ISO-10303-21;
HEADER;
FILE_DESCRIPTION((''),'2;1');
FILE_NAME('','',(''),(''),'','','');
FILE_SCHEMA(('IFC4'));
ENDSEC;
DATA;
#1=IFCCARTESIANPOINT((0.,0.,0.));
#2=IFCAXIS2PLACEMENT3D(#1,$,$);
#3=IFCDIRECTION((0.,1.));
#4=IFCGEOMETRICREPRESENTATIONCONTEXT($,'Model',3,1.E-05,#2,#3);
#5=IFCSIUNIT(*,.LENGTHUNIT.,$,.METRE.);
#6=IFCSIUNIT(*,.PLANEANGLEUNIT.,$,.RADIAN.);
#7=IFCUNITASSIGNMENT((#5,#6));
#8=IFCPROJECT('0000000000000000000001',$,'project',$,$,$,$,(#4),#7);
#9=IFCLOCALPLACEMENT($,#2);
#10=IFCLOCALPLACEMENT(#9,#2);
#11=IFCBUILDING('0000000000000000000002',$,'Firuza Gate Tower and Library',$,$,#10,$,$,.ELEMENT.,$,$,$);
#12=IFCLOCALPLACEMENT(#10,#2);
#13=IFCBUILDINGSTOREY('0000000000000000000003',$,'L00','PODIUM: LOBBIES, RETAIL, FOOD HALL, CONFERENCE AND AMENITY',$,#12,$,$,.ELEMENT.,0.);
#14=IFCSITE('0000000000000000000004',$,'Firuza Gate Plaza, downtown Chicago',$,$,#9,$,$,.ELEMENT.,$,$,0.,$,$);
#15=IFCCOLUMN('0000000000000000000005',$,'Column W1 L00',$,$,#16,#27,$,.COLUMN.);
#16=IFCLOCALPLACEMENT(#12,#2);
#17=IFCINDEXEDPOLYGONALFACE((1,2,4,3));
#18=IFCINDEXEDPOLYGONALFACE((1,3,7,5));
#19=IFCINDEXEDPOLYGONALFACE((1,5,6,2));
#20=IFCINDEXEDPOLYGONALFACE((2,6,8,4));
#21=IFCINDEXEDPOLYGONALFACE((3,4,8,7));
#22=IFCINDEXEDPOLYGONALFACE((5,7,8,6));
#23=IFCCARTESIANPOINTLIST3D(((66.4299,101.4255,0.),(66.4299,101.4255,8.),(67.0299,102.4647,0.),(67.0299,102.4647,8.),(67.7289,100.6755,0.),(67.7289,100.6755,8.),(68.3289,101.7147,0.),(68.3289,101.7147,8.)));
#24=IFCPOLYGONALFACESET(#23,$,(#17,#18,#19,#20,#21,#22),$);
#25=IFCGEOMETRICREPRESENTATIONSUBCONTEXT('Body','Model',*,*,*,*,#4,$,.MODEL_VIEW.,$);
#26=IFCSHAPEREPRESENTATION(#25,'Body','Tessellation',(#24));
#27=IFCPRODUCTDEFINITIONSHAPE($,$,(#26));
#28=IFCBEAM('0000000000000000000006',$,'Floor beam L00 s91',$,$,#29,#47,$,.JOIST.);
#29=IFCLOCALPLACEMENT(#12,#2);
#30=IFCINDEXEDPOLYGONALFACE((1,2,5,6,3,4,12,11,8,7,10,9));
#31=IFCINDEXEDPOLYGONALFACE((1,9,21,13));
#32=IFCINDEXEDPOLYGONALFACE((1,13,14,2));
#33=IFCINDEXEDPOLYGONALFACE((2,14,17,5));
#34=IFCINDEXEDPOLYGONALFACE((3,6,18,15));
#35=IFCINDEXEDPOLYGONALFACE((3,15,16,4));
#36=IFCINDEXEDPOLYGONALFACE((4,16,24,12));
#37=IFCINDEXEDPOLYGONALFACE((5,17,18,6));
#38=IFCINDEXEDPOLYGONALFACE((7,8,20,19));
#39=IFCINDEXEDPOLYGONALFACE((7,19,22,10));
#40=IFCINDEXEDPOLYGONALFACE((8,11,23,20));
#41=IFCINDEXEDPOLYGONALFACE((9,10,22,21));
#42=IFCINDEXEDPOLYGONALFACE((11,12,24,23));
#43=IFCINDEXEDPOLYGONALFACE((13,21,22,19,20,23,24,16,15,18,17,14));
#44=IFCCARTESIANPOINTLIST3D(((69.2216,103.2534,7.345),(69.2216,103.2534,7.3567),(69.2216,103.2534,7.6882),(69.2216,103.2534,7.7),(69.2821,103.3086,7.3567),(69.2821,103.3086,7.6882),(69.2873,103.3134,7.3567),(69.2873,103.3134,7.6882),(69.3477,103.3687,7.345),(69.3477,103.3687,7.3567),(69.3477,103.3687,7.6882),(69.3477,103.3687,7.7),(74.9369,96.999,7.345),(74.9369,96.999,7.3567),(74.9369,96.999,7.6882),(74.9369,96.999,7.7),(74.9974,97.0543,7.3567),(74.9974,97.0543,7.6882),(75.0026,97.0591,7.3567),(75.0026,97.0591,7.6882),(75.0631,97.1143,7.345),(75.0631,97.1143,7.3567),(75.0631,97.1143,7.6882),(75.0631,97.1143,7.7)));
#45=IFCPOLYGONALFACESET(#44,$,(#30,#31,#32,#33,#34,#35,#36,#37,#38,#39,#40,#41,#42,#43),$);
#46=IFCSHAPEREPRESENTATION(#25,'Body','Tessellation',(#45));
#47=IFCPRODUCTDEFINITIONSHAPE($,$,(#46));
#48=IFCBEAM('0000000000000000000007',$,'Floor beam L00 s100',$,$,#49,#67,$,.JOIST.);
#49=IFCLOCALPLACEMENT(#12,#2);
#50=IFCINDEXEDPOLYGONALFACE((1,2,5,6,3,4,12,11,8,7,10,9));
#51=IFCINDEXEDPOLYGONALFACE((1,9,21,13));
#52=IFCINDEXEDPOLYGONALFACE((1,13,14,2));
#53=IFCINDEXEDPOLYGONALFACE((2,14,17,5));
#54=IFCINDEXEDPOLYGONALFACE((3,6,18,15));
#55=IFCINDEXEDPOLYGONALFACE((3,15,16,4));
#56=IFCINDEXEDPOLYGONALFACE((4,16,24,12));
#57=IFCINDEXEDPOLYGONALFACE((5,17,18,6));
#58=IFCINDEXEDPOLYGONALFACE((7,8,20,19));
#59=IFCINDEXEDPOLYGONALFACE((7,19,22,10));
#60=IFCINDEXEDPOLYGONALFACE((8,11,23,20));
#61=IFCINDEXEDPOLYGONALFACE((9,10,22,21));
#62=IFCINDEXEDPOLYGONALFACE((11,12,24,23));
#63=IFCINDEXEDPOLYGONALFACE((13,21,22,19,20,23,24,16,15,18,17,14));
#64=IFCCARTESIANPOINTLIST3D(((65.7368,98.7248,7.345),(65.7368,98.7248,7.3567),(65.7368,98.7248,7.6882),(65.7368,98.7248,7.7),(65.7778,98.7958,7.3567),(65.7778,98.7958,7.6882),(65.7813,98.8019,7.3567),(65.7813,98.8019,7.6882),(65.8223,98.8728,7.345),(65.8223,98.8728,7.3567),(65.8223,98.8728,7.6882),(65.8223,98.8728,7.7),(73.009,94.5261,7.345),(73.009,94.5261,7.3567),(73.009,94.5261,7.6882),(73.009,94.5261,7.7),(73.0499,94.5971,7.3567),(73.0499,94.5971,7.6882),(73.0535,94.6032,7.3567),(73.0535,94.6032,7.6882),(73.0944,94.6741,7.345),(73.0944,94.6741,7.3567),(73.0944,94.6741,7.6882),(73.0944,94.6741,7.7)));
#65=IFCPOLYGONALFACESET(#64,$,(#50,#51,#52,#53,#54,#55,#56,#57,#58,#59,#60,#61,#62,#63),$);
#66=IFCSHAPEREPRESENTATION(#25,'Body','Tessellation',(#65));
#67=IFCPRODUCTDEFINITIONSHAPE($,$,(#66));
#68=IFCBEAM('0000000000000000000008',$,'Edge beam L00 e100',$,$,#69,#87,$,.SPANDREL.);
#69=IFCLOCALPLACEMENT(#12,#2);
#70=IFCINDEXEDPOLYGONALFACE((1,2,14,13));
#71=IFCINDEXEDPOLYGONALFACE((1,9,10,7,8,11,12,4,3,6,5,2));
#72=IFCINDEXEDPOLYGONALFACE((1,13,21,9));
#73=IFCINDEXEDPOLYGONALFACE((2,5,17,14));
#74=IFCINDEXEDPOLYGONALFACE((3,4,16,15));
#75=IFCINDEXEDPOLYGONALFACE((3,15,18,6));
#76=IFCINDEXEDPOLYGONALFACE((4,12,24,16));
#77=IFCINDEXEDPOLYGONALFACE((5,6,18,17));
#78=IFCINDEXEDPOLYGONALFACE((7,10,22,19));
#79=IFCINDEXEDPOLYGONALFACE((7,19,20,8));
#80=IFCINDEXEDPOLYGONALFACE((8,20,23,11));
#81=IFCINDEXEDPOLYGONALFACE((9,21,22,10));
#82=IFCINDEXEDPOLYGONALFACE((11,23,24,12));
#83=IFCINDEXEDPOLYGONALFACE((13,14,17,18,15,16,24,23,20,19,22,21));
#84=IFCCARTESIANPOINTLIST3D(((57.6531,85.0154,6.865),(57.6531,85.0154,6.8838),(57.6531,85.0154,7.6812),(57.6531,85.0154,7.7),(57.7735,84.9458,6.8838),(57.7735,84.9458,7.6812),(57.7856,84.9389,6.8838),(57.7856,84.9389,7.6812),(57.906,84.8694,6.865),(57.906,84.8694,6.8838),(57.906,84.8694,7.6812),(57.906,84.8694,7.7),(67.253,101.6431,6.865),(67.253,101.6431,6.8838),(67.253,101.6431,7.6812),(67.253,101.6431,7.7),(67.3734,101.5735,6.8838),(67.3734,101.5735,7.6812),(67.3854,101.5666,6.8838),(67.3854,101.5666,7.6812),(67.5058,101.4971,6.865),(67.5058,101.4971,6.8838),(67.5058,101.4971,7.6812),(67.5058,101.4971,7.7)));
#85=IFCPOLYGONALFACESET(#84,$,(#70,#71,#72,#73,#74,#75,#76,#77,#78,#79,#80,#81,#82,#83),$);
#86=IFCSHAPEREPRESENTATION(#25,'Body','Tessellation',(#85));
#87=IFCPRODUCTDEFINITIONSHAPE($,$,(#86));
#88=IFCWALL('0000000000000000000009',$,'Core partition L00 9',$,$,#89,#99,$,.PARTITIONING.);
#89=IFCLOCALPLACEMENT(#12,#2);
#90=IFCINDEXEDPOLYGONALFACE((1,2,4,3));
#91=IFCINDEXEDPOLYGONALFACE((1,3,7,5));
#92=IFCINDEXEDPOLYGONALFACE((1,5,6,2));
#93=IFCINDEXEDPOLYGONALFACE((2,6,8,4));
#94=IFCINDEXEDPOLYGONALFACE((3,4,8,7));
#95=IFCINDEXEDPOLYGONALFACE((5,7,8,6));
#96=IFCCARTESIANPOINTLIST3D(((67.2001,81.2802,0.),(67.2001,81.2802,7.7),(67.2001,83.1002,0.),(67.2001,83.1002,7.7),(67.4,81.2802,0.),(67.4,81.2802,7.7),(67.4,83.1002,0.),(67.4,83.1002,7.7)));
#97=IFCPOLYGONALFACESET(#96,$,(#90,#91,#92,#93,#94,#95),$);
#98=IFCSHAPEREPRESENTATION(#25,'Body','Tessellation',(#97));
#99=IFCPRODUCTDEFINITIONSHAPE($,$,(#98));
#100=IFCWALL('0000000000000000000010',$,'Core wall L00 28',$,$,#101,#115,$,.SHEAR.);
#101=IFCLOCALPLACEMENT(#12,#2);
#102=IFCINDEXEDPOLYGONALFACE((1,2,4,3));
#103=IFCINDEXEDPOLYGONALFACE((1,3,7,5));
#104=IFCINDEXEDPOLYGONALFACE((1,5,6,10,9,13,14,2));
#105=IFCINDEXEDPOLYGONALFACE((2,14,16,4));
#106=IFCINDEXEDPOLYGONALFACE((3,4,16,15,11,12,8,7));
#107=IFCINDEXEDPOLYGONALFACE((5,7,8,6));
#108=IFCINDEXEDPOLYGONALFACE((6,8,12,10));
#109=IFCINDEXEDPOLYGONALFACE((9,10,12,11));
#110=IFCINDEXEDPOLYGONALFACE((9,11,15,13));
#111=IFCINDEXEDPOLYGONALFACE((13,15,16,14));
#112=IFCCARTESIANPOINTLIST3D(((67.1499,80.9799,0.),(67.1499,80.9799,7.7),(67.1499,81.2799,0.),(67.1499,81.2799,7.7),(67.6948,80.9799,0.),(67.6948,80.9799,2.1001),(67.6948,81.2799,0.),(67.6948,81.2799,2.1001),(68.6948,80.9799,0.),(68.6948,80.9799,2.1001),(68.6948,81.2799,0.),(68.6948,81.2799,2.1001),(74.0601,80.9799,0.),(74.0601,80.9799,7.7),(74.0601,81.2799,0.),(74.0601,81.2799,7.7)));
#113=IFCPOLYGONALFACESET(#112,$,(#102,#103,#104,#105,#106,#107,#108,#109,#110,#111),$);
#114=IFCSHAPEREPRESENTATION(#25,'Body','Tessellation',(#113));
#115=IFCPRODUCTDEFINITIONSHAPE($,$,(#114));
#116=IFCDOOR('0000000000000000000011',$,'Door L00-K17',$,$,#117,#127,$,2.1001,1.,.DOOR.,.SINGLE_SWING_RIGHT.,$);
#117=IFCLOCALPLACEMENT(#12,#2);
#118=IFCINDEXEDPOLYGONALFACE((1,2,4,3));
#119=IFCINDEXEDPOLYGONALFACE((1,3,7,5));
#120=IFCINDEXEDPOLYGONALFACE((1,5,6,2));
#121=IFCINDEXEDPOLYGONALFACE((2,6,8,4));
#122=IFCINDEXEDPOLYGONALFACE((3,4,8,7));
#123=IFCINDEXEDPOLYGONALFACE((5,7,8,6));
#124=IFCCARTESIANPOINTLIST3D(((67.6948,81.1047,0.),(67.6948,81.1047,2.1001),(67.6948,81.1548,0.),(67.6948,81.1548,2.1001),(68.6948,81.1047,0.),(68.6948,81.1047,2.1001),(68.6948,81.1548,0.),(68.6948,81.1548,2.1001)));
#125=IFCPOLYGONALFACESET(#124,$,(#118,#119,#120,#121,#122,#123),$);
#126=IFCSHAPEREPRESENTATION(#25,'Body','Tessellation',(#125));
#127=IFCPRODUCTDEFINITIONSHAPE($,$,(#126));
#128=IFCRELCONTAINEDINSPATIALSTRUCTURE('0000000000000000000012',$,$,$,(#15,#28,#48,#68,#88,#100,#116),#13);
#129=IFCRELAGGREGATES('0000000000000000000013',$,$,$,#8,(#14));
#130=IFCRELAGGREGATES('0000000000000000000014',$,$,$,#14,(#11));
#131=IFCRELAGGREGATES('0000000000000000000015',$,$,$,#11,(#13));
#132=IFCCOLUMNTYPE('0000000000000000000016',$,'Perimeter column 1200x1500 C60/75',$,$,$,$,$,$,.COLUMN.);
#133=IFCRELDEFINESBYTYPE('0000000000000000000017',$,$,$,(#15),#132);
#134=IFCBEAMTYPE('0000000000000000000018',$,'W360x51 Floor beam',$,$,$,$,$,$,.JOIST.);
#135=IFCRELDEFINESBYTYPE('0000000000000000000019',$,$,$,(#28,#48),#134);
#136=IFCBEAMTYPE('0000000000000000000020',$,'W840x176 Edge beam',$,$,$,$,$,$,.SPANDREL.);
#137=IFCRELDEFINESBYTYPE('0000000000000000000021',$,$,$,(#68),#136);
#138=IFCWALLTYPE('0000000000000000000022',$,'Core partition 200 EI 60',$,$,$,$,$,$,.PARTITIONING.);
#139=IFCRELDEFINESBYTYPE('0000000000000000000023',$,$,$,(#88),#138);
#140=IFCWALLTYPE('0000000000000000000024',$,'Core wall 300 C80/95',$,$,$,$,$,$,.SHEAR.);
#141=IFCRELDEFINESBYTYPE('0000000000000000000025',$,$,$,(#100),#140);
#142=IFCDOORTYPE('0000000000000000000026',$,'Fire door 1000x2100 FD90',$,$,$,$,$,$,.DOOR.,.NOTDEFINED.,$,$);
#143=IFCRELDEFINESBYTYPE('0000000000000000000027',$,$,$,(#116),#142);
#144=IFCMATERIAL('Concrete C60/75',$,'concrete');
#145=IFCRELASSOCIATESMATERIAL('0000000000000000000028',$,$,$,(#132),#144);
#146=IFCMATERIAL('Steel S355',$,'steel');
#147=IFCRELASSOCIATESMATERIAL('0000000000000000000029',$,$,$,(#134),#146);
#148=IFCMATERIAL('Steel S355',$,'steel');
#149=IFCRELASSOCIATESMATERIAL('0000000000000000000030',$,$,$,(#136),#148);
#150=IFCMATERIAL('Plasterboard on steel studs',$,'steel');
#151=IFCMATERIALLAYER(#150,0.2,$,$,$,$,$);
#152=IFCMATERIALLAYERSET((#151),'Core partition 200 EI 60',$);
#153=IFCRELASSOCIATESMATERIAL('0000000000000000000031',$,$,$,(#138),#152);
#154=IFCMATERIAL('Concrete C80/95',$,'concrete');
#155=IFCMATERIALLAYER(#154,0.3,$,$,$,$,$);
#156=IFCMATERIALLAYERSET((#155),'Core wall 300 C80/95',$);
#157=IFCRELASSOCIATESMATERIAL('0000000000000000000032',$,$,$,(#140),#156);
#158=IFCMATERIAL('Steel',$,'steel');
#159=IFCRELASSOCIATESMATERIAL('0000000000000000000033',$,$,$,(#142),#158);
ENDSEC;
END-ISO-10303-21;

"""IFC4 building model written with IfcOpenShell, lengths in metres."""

from ifc_helpers import new_model, si_unit, direction, frame, frame_2d, origin, origin_2d, place, context, subcontext, project, spatial, rectangle, i_section, extrude, material, layer, layer_set, material_profile, profile_set, type_object, element, fill, save


model = new_model("IFC4")

# Units and contexts
model_context = context("Model", 3, precision=1e-05, world=origin(), true_north=direction((0.0, 1.0)))
body_context = subcontext(model_context, "Body", "Model", "MODEL_VIEW")
ifc_project = project(units=[si_unit("LENGTHUNIT", "METRE"), si_unit("PLANEANGLEUNIT", "RADIAN")], contexts=[model_context])

# Site, building, storey
site_placement = place(None, origin())
site = spatial("IfcSite", under=ifc_project, at=site_placement, Name="Firuza Gate Plaza, downtown Chicago", CompositionType="ELEMENT", RefElevation=0.0)
building_placement = place(site_placement, origin())
building = spatial("IfcBuilding", under=site, at=building_placement, Name="Firuza Gate Tower and Library", CompositionType="ELEMENT")
storey_placement = place(building_placement, origin())
storey = spatial("IfcBuildingStorey", under=building, at=storey_placement, Name="L00", Description="PODIUM: LOBBIES, RETAIL, FOOD HALL, CONFERENCE AND AMENITY", CompositionType="ELEMENT", Elevation=0.0)

# Column
ifc_material_1 = material(Name="Concrete C60/75", Category="concrete")
ifc_material_profile_1 = material_profile(ifc_material_1, rectangle(XDim=1.2, YDim=1.5, at=origin_2d()))
ifc_profile_set_1 = profile_set([ifc_material_profile_1], Name="Concrete C60/75")
column_type = type_object("IfcColumnType", Name="Perimeter column 1200x1500 C60/75", PredefinedType="COLUMN", material=ifc_profile_set_1)
column_placement = place(storey_placement, frame((67.3794, 101.5701, 0.0), z_axis=(0.0, 0.0, 1.0), x_axis=(-0.5, -0.866025, 0.0)))
element("IfcColumn", 1, at=column_placement, inside=storey, type_object=column_type, Name="Column W1 L00", PredefinedType="COLUMN", context=body_context, shape_type="SweptSolid", body=[
    extrude(rectangle(XDim=1.2, YDim=1.5, at=origin_2d()), origin(), (0.0, 0.0, 1.0), 8.0),
])

# Beams
ifc_material_2 = material(Name="Steel S355", Category="steel")
ifc_material_profile_2 = material_profile(ifc_material_2, i_section(OverallWidth=0.1709, OverallDepth=0.355, WebThickness=0.0071, FlangeThickness=0.0117, at=origin_2d()))
ifc_profile_set_2 = profile_set([ifc_material_profile_2], Name="Steel S355")
beam_type_1 = type_object("IfcBeamType", Name="W360x51 Floor beam", PredefinedType="JOIST", material=ifc_profile_set_2)
beam_1_placement = place(storey_placement, frame((69.2847, 103.311, 7.5225), z_axis=(0.674578, -0.738203, 0.0), x_axis=(0.738203, 0.674578, 0.0)))
element("IfcBeam", 2, at=beam_1_placement, inside=storey, type_object=beam_type_1, Name="Floor beam L00 s91", PredefinedType="JOIST", context=body_context, shape_type="SweptSolid", body=[
    extrude(i_section(OverallWidth=0.1709, OverallDepth=0.355, WebThickness=0.0071, FlangeThickness=0.0117, at=origin_2d()), origin(), (0.0, 0.0, 1.0), 8.4724),
])
beam_2_placement = place(storey_placement, frame((65.7795, 98.7988, 7.5225), z_axis=(0.86602, -0.50001, 0.0), x_axis=(0.50001, 0.86602, 0.0)))
element("IfcBeam", 3, at=beam_2_placement, inside=storey, type_object=beam_type_1, Name="Floor beam L00 s100", PredefinedType="JOIST", context=body_context, shape_type="SweptSolid", body=[
    extrude(i_section(OverallWidth=0.1709, OverallDepth=0.355, WebThickness=0.0071, FlangeThickness=0.0117, at=origin_2d()), origin(), (0.0, 0.0, 1.0), 8.3972),
])
ifc_material_3 = material(Name="Steel S355", Category="steel")
ifc_material_profile_3 = material_profile(ifc_material_3, i_section(OverallWidth=0.292, OverallDepth=0.835, WebThickness=0.0139, FlangeThickness=0.0188, at=origin_2d()))
ifc_profile_set_3 = profile_set([ifc_material_profile_3], Name="Steel S355")
beam_type_2 = type_object("IfcBeamType", Name="W840x176 Edge beam", PredefinedType="SPANDREL", material=ifc_profile_set_3)
beam_3_placement = place(storey_placement, frame((67.3794, 101.5701, 7.2825), z_axis=(-0.499994, -0.866029, 0.0), x_axis=(0.866029, -0.499994, 0.0)))
element("IfcBeam", 4, at=beam_3_placement, inside=storey, type_object=beam_type_2, Name="Edge beam L00 e100", PredefinedType="SPANDREL", context=body_context, shape_type="SweptSolid", body=[
    extrude(i_section(OverallWidth=0.292, OverallDepth=0.835, WebThickness=0.0139, FlangeThickness=0.0188, at=origin_2d()), origin(), (0.0, 0.0, 1.0), 19.2),
])

# Wall
ifc_material_4 = material(Name="Plasterboard on steel studs", Category="steel")
ifc_layer_1 = layer(ifc_material_4, 0.2)
ifc_layer_set_1 = layer_set([ifc_layer_1], Name="Core partition 200 EI 60")
wall_type_1 = type_object("IfcWallType", Name="Core partition 200 EI 60", PredefinedType="PARTITIONING", material=ifc_layer_set_1)
wall_1_placement = place(storey_placement, frame((67.3, 81.28, 0.0), z_axis=(0.0, 0.0, 1.0), x_axis=(0.0, 1.0, 0.0)))
element("IfcWall", 5, at=wall_1_placement, inside=storey, type_object=wall_type_1, Name="Core partition L00 9", PredefinedType="PARTITIONING", context=body_context, shape_type="SweptSolid", body=[
    extrude(rectangle(XDim=1.8201, YDim=0.2, at=frame_2d((0.9102, 0.0))), origin(), (0.0, 0.0, 1.0), 7.7),
])

# Wall, opening, door
ifc_material_5 = material(Name="Concrete C80/95", Category="concrete")
ifc_layer_2 = layer(ifc_material_5, 0.3)
ifc_layer_set_2 = layer_set([ifc_layer_2], Name="Core wall 300 C80/95")
wall_type_2 = type_object("IfcWallType", Name="Core wall 300 C80/95", PredefinedType="SHEAR", material=ifc_layer_set_2)
wall_2_placement = place(storey_placement, frame((67.1499, 81.1299, 0.0), z_axis=(0.0, 0.0, 1.0), x_axis=(1.0, 0.0, 0.0)))
wall_2 = element("IfcWall", 6, at=wall_2_placement, inside=storey, type_object=wall_type_2, Name="Core wall L00 28", PredefinedType="SHEAR", context=body_context, shape_type="SweptSolid", body=[
    extrude(rectangle(XDim=6.9102, YDim=0.3, at=frame_2d((3.4551, 0.0))), origin(), (0.0, 0.0, 1.0), 7.7),
])
opening_1_placement = place(wall_2_placement, frame((0.5449, 0.0, 0.0)))
opening_1 = element("IfcOpeningElement", 7, at=opening_1_placement, cuts=wall_2, PredefinedType="OPENING", context=body_context, shape_type="SweptSolid", body=[
    extrude(rectangle(XDim=1.0, YDim=2.1001, at=frame_2d((0.5, 1.05))), frame((0.0, 0.1602, 0.0), z_axis=(0.0, -1.0, 0.0), x_axis=(1.0, 0.0, 0.0)), (0.0, 0.0, 1.0), 0.3201),
])
ifc_material_6 = material(Name="Steel", Category="steel")
door_type_1 = type_object("IfcDoorType", Name="Fire door 1000x2100 FD90", OperationType="NOTDEFINED", PredefinedType="DOOR", material=ifc_material_6)
door_1_placement = place(opening_1_placement, origin())
door_1 = element("IfcDoor", 8, at=door_1_placement, inside=storey, type_object=door_type_1, Name="Door L00-K17", OperationType="SINGLE_SWING_RIGHT", OverallHeight=2.1001, OverallWidth=1.0, PredefinedType="DOOR", context=body_context, shape_type="SweptSolid", body=[
    extrude(rectangle(XDim=1.0, YDim=2.1001, at=frame_2d((0.5, 1.05))), frame((0.0, 0.0249, 0.0), z_axis=(0.0, -1.0, 0.0), x_axis=(1.0, 0.0, 0.0)), (0.0, 0.0, 1.0), 0.05),
])
fill(opening_1, door_1)

save(model, "model.ifc")
